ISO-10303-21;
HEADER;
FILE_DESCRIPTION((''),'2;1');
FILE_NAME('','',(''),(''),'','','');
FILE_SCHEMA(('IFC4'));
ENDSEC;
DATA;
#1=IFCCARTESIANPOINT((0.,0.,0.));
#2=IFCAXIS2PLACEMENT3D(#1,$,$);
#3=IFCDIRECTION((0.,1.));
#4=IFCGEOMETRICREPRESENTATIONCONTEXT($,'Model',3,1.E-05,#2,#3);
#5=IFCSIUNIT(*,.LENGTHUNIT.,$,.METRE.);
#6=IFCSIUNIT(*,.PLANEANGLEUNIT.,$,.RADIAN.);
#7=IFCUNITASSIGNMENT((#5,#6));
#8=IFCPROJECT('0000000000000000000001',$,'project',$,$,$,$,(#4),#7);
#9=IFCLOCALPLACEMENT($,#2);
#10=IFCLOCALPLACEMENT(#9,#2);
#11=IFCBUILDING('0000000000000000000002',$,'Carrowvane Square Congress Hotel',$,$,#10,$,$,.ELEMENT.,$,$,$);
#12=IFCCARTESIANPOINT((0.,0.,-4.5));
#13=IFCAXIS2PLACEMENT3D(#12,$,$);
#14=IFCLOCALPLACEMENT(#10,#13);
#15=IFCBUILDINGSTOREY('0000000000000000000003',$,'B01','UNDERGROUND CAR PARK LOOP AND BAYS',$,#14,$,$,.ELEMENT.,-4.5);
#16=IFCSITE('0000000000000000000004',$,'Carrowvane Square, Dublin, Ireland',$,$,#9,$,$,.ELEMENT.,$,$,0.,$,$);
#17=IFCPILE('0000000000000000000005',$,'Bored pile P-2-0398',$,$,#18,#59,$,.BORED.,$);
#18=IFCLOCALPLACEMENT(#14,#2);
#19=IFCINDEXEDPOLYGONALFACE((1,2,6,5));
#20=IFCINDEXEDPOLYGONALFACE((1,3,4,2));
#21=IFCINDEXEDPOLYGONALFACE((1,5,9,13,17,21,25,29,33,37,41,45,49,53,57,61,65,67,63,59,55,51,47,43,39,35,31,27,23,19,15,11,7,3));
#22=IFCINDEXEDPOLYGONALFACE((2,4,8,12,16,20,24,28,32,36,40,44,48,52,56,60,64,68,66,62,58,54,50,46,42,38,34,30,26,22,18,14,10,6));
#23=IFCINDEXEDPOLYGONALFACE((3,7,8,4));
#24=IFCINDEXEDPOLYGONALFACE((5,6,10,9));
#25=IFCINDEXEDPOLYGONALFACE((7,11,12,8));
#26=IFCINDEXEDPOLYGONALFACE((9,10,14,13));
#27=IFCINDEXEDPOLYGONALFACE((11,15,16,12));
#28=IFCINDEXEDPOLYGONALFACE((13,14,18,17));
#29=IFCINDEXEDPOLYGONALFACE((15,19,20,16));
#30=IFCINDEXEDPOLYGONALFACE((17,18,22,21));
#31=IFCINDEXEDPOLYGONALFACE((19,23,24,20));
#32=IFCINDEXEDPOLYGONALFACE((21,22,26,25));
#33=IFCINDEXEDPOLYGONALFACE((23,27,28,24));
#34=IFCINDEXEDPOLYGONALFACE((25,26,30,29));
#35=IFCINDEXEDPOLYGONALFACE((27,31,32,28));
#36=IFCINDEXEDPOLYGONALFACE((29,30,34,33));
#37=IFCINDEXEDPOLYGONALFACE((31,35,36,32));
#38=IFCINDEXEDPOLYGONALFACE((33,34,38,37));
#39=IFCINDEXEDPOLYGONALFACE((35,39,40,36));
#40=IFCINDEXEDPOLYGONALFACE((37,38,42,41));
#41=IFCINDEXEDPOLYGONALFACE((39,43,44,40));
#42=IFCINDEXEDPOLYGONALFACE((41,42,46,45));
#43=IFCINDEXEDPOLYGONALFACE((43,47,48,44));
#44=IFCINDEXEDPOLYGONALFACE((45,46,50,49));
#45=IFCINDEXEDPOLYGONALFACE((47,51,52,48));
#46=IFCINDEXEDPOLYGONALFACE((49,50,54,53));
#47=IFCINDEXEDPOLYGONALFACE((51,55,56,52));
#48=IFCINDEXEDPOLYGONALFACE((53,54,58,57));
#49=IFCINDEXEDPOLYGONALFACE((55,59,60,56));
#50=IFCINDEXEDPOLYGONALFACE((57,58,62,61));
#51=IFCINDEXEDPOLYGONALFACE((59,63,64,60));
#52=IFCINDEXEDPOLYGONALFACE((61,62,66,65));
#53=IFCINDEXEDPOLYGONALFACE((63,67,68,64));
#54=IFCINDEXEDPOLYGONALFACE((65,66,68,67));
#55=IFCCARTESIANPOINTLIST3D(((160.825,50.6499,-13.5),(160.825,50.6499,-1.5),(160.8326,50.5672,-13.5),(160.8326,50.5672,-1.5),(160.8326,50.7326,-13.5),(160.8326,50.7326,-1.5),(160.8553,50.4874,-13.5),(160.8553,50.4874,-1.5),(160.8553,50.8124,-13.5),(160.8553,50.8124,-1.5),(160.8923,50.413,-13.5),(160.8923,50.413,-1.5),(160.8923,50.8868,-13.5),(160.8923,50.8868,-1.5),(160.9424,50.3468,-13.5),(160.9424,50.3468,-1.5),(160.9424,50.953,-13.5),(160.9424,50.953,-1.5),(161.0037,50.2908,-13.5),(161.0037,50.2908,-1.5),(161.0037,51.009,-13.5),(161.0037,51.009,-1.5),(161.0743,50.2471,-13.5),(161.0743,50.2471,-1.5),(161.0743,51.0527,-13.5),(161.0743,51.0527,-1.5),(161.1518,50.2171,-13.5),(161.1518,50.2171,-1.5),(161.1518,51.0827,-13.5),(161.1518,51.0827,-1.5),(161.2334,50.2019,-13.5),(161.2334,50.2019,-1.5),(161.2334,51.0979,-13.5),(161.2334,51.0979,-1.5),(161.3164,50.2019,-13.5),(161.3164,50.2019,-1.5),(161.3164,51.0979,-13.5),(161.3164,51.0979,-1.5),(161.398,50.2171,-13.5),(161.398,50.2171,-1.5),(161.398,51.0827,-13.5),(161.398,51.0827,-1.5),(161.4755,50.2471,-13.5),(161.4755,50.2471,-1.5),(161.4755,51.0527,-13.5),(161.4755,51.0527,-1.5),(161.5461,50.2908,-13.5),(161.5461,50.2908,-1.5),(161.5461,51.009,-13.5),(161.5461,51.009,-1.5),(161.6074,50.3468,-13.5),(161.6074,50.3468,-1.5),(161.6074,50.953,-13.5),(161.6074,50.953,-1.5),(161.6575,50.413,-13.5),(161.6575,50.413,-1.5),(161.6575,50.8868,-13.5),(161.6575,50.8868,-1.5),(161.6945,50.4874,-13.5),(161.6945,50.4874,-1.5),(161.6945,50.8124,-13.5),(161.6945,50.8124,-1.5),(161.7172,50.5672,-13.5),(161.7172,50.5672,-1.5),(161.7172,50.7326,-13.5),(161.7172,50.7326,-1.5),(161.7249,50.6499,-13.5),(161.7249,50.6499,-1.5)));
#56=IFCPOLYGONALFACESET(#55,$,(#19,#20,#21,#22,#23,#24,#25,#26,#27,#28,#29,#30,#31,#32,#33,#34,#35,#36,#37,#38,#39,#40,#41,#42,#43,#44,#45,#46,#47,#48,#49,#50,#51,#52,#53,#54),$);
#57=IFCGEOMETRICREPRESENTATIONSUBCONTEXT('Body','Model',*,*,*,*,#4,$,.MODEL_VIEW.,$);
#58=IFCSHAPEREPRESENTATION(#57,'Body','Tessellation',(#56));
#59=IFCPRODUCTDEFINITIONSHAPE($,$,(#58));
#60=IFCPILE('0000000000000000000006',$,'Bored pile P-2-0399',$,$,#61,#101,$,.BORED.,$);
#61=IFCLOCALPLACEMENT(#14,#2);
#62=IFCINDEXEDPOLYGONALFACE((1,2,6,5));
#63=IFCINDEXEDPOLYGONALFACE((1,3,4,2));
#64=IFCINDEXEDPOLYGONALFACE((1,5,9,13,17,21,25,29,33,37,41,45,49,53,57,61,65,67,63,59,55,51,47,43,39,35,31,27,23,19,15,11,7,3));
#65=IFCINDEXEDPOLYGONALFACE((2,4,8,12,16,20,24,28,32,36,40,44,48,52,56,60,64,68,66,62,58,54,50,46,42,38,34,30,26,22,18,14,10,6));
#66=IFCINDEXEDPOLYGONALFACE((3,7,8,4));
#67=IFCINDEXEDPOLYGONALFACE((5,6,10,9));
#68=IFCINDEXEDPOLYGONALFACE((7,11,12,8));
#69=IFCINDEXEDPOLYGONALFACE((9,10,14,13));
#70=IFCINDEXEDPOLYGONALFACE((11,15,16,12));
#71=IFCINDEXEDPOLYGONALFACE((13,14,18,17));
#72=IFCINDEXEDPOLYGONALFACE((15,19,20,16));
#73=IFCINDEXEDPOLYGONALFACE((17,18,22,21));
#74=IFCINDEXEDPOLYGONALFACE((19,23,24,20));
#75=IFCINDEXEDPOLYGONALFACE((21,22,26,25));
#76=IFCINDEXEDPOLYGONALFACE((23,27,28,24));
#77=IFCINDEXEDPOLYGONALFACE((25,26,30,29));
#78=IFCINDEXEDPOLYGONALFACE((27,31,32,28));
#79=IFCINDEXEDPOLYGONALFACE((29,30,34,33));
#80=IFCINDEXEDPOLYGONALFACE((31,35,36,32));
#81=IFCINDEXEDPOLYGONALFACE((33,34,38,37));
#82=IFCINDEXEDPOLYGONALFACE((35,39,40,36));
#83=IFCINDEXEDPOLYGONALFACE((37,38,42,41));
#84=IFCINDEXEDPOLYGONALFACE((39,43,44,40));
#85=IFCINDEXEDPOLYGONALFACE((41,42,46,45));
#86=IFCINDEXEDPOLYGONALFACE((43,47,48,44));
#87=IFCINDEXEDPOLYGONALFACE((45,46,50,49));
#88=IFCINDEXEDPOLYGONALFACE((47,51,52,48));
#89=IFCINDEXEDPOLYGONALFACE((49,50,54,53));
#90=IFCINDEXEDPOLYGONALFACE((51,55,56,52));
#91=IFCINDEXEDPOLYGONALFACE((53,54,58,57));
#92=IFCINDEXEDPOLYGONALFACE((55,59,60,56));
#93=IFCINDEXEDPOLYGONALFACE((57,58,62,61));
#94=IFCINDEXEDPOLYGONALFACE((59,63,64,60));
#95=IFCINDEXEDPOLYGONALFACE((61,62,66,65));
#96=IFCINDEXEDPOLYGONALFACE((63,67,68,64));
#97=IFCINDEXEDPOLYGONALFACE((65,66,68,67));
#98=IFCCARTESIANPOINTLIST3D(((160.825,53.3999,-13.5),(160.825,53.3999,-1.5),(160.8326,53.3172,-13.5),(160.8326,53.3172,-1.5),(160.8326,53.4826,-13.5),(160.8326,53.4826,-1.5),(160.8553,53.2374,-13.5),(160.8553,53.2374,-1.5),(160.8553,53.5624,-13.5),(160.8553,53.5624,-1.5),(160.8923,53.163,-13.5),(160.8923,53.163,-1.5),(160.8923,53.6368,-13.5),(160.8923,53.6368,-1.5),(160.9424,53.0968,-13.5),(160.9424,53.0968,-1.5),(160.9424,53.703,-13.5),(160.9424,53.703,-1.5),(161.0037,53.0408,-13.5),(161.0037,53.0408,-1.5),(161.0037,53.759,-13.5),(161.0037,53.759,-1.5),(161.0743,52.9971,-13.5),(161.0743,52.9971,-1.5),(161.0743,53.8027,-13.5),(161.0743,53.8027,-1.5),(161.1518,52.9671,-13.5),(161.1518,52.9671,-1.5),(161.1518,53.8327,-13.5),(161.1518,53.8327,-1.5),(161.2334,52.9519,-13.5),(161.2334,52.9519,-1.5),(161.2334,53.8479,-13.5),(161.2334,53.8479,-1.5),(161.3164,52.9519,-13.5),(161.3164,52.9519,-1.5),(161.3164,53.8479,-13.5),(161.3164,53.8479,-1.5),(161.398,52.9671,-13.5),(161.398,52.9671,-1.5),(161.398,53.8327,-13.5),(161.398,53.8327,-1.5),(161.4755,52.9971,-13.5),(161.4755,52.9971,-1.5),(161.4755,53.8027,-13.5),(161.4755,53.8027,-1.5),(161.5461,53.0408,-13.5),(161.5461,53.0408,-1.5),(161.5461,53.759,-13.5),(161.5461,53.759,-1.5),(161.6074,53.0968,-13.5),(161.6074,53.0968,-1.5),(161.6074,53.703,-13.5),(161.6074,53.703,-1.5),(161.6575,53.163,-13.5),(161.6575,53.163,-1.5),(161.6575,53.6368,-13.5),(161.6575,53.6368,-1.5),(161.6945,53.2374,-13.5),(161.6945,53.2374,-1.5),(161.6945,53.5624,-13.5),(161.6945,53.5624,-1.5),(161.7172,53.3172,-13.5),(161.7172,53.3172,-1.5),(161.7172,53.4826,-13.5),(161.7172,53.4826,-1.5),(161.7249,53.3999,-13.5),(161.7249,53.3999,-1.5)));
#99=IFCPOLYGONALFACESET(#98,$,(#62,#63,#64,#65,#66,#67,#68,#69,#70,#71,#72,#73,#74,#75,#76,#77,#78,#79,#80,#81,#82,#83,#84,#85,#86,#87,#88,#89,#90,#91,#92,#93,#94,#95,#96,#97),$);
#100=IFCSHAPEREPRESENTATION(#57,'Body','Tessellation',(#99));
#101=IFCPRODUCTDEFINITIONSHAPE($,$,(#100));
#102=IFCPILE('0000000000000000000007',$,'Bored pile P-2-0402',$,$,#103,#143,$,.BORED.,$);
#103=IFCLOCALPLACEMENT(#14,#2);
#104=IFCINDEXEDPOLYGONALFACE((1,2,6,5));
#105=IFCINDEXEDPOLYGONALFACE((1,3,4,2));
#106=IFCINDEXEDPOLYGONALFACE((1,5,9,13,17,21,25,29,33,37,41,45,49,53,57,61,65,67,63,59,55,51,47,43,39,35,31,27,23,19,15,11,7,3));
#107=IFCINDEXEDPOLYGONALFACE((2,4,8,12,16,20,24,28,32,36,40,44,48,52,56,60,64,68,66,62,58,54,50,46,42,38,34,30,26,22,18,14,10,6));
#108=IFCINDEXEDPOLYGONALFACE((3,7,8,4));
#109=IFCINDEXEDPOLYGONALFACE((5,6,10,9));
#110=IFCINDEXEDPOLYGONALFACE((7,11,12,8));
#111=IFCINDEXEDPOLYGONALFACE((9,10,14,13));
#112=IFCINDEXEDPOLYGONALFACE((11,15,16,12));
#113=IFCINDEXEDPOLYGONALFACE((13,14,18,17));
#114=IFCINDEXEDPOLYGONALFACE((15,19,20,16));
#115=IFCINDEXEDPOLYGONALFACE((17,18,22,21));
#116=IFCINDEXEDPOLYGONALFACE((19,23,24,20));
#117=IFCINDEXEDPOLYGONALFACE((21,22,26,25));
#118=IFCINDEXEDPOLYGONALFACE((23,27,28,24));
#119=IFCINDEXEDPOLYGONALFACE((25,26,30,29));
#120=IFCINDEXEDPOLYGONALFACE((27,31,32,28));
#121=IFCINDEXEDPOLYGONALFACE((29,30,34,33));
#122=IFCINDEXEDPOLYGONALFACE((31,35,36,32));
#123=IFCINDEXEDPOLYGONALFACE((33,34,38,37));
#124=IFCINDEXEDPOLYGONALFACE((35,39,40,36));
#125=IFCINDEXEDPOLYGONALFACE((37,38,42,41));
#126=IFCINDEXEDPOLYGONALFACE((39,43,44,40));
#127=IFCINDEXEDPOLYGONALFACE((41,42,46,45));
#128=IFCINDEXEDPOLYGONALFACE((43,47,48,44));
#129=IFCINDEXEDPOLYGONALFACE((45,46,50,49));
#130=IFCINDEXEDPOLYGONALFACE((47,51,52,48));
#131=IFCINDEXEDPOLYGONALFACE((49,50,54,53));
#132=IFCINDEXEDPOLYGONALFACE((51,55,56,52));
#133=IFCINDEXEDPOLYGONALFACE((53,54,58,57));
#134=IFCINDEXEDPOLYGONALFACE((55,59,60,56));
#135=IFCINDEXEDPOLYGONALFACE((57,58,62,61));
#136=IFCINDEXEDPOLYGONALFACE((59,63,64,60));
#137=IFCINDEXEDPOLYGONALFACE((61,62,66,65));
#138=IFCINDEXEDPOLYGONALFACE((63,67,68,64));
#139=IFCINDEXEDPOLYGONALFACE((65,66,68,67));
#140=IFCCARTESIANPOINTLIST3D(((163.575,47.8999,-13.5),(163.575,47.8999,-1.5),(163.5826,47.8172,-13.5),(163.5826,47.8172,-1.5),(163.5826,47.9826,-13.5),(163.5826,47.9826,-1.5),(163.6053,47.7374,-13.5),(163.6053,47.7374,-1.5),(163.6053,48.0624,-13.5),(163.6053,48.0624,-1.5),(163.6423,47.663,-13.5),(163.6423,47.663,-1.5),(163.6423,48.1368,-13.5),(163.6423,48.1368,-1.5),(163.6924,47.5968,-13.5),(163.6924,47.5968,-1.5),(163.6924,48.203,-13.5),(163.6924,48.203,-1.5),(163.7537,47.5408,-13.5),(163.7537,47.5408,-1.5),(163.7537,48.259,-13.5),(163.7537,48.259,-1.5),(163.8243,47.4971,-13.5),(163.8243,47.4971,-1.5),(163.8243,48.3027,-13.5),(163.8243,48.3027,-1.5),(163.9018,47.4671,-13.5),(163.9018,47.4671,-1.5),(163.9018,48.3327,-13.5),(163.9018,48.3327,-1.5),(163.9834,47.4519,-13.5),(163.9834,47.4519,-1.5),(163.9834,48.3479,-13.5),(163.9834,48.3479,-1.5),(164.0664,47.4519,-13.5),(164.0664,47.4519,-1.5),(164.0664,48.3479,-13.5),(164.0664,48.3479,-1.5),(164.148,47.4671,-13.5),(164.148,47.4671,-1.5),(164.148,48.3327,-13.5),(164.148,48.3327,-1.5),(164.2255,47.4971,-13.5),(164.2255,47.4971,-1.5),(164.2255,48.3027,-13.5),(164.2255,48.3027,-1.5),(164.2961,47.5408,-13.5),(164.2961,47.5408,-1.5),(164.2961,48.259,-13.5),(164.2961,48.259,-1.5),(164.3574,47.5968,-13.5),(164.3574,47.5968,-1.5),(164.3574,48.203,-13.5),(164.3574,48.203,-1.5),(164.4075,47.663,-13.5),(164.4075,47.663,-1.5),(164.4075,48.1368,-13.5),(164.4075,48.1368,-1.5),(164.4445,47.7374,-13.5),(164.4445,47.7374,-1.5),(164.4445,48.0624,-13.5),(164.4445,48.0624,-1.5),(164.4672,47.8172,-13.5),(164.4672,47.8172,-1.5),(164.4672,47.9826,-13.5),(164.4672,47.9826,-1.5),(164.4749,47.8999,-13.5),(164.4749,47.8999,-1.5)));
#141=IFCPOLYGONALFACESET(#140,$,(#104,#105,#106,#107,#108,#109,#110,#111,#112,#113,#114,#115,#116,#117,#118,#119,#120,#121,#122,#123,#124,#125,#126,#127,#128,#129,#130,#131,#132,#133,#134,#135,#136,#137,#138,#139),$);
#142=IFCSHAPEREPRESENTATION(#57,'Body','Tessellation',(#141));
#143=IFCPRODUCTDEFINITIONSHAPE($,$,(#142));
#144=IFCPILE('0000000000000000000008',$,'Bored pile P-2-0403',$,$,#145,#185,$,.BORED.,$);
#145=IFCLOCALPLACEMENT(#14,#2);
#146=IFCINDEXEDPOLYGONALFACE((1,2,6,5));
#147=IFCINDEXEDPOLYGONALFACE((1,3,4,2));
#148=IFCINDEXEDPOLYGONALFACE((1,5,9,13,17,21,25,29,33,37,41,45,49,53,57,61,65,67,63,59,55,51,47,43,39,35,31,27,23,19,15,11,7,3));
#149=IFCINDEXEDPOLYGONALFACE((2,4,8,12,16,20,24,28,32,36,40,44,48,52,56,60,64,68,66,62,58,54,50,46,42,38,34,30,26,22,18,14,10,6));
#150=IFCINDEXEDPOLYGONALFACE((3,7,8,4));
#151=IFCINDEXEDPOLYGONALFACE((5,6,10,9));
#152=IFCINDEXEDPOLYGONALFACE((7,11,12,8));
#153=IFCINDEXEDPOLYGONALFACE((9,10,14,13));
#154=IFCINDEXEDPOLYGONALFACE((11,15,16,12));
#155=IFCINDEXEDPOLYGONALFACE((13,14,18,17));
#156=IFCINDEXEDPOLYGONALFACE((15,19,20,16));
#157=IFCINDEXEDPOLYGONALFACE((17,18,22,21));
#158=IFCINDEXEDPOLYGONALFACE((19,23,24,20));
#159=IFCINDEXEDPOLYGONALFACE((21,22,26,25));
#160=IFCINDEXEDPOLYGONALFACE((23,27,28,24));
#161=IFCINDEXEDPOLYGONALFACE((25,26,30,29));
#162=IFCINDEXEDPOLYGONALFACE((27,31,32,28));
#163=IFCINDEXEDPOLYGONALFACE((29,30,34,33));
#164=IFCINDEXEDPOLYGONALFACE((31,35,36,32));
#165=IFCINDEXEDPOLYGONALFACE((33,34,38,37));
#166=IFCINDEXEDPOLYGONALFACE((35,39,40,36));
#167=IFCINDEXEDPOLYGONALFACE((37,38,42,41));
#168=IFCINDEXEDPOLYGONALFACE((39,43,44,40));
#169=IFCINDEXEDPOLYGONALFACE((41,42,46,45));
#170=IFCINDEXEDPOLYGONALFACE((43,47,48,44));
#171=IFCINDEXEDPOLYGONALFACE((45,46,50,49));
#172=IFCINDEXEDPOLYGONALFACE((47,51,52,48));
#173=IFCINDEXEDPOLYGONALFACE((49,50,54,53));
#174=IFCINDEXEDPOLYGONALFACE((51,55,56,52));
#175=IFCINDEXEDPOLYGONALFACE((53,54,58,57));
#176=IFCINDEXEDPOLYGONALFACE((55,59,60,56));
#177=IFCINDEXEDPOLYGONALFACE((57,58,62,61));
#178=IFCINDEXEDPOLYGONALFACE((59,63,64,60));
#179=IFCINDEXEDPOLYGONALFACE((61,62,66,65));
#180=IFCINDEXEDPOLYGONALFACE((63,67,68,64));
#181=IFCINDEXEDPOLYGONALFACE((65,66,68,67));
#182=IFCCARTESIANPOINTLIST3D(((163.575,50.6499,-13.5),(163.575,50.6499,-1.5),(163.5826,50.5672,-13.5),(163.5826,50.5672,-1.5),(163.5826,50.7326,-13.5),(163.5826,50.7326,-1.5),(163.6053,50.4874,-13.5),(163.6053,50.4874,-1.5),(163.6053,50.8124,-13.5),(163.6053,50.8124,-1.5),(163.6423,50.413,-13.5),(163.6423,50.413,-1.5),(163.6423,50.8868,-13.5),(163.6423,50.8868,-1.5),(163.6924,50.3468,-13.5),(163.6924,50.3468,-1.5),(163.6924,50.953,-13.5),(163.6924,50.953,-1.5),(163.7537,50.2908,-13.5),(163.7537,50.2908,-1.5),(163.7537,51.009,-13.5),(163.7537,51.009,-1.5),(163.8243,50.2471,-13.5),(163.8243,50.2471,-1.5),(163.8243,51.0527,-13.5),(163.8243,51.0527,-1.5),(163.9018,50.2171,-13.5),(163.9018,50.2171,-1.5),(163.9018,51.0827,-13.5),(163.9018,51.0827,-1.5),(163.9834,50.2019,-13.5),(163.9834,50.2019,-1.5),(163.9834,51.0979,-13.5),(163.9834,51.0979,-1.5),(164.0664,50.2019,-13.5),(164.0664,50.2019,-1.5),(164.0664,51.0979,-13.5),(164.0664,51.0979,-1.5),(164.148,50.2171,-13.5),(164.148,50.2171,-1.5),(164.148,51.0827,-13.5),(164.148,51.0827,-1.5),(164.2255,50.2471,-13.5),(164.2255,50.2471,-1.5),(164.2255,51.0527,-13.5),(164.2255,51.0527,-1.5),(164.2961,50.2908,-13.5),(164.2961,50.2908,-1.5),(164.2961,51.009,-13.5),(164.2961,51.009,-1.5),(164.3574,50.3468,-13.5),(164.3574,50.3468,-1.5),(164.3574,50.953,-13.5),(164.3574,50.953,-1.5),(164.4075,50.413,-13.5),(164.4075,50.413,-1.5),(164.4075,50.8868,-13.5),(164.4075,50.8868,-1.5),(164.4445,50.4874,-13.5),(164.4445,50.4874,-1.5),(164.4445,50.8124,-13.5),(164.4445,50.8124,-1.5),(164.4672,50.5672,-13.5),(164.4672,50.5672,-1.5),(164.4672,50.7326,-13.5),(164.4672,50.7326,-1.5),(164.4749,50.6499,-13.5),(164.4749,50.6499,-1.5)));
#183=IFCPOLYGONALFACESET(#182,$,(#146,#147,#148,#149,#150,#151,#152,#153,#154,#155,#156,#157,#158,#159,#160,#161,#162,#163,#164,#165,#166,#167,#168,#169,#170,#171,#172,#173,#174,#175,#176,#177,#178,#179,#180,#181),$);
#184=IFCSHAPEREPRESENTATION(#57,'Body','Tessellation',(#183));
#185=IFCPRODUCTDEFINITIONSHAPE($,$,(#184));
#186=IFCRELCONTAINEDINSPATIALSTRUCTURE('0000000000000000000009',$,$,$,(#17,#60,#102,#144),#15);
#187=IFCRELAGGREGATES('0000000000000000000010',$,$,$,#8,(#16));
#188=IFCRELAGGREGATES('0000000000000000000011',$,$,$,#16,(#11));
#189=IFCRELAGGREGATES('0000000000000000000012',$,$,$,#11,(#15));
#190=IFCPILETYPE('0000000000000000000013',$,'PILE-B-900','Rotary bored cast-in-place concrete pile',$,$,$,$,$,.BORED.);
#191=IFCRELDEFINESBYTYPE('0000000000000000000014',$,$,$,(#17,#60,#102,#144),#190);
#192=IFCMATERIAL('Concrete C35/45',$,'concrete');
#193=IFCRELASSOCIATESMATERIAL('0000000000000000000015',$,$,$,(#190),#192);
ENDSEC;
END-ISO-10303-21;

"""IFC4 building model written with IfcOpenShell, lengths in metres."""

from ifc_helpers import new_model, si_unit, direction, frame, origin, origin_2d, place, context, subcontext, project, spatial, circle, extrude, material, material_profile, profile_set, type_object, element, save


model = new_model("IFC4")

# Units and contexts
model_context = context("Model", 3, precision=1e-05, world=origin(), true_north=direction((0.0, 1.0)))
body_context = subcontext(model_context, "Body", "Model", "MODEL_VIEW")
ifc_project = project(units=[si_unit("LENGTHUNIT", "METRE"), si_unit("PLANEANGLEUNIT", "RADIAN")], contexts=[model_context])

# Site, building, storey
site_placement = place(None, origin())
site = spatial("IfcSite", under=ifc_project, at=site_placement, Name="Carrowvane Square, Dublin, Ireland", CompositionType="ELEMENT", RefElevation=0.0)
building_placement = place(site_placement, origin())
building = spatial("IfcBuilding", under=site, at=building_placement, Name="Carrowvane Square Congress Hotel", CompositionType="ELEMENT")
storey_placement = place(building_placement, frame((0.0, 0.0, -4.5)))
storey = spatial("IfcBuildingStorey", under=building, at=storey_placement, Name="B01", Description="UNDERGROUND CAR PARK LOOP AND BAYS", CompositionType="ELEMENT", Elevation=-4.5)

# Piles
ifc_material_1 = material(Name="Concrete C35/45", Category="concrete")
ifc_material_profile_1 = material_profile(ifc_material_1, circle(Radius=0.45, at=origin_2d()), Name="PILE D900")
ifc_profile_set_1 = profile_set([ifc_material_profile_1], Name="Concrete C35/45")
pile_type_1 = type_object("IfcPileType", Name="PILE-B-900", Description="Rotary bored cast-in-place concrete pile", PredefinedType="BORED", material=ifc_profile_set_1)
for number, where, z_axis, x_axis, name in (
    (1, (161.2749, 50.6499, -1.5), (0.0, 0.0, -1.0), (1.0, 0.0, 0.0), "Bored pile P-2-0398"),
    (2, (161.2749, 53.3999, -1.5), (0.0, 0.0, -1.0), (1.0, 0.0, 0.0), "Bored pile P-2-0399"),
    (3, (164.0249, 47.8999, -1.5), (0.0, 0.0, -1.0), (1.0, 0.0, 0.0), "Bored pile P-2-0402"),
    (4, (164.0249, 50.6499, -1.5), (0.0, 0.0, -1.0), (1.0, 0.0, 0.0), "Bored pile P-2-0403"),
):
    element("IfcPile", number, at=place(storey_placement, frame(where, z_axis=z_axis, x_axis=x_axis)), inside=storey, type_object=pile_type_1, Name=name, PredefinedType="BORED", context=body_context, shape_type="SweptSolid", body=[
        extrude(circle(Radius=0.45, at=origin_2d()), origin(), (0.0, 0.0, 1.0), 12.0),
    ])

save(model, "model.ifc")
